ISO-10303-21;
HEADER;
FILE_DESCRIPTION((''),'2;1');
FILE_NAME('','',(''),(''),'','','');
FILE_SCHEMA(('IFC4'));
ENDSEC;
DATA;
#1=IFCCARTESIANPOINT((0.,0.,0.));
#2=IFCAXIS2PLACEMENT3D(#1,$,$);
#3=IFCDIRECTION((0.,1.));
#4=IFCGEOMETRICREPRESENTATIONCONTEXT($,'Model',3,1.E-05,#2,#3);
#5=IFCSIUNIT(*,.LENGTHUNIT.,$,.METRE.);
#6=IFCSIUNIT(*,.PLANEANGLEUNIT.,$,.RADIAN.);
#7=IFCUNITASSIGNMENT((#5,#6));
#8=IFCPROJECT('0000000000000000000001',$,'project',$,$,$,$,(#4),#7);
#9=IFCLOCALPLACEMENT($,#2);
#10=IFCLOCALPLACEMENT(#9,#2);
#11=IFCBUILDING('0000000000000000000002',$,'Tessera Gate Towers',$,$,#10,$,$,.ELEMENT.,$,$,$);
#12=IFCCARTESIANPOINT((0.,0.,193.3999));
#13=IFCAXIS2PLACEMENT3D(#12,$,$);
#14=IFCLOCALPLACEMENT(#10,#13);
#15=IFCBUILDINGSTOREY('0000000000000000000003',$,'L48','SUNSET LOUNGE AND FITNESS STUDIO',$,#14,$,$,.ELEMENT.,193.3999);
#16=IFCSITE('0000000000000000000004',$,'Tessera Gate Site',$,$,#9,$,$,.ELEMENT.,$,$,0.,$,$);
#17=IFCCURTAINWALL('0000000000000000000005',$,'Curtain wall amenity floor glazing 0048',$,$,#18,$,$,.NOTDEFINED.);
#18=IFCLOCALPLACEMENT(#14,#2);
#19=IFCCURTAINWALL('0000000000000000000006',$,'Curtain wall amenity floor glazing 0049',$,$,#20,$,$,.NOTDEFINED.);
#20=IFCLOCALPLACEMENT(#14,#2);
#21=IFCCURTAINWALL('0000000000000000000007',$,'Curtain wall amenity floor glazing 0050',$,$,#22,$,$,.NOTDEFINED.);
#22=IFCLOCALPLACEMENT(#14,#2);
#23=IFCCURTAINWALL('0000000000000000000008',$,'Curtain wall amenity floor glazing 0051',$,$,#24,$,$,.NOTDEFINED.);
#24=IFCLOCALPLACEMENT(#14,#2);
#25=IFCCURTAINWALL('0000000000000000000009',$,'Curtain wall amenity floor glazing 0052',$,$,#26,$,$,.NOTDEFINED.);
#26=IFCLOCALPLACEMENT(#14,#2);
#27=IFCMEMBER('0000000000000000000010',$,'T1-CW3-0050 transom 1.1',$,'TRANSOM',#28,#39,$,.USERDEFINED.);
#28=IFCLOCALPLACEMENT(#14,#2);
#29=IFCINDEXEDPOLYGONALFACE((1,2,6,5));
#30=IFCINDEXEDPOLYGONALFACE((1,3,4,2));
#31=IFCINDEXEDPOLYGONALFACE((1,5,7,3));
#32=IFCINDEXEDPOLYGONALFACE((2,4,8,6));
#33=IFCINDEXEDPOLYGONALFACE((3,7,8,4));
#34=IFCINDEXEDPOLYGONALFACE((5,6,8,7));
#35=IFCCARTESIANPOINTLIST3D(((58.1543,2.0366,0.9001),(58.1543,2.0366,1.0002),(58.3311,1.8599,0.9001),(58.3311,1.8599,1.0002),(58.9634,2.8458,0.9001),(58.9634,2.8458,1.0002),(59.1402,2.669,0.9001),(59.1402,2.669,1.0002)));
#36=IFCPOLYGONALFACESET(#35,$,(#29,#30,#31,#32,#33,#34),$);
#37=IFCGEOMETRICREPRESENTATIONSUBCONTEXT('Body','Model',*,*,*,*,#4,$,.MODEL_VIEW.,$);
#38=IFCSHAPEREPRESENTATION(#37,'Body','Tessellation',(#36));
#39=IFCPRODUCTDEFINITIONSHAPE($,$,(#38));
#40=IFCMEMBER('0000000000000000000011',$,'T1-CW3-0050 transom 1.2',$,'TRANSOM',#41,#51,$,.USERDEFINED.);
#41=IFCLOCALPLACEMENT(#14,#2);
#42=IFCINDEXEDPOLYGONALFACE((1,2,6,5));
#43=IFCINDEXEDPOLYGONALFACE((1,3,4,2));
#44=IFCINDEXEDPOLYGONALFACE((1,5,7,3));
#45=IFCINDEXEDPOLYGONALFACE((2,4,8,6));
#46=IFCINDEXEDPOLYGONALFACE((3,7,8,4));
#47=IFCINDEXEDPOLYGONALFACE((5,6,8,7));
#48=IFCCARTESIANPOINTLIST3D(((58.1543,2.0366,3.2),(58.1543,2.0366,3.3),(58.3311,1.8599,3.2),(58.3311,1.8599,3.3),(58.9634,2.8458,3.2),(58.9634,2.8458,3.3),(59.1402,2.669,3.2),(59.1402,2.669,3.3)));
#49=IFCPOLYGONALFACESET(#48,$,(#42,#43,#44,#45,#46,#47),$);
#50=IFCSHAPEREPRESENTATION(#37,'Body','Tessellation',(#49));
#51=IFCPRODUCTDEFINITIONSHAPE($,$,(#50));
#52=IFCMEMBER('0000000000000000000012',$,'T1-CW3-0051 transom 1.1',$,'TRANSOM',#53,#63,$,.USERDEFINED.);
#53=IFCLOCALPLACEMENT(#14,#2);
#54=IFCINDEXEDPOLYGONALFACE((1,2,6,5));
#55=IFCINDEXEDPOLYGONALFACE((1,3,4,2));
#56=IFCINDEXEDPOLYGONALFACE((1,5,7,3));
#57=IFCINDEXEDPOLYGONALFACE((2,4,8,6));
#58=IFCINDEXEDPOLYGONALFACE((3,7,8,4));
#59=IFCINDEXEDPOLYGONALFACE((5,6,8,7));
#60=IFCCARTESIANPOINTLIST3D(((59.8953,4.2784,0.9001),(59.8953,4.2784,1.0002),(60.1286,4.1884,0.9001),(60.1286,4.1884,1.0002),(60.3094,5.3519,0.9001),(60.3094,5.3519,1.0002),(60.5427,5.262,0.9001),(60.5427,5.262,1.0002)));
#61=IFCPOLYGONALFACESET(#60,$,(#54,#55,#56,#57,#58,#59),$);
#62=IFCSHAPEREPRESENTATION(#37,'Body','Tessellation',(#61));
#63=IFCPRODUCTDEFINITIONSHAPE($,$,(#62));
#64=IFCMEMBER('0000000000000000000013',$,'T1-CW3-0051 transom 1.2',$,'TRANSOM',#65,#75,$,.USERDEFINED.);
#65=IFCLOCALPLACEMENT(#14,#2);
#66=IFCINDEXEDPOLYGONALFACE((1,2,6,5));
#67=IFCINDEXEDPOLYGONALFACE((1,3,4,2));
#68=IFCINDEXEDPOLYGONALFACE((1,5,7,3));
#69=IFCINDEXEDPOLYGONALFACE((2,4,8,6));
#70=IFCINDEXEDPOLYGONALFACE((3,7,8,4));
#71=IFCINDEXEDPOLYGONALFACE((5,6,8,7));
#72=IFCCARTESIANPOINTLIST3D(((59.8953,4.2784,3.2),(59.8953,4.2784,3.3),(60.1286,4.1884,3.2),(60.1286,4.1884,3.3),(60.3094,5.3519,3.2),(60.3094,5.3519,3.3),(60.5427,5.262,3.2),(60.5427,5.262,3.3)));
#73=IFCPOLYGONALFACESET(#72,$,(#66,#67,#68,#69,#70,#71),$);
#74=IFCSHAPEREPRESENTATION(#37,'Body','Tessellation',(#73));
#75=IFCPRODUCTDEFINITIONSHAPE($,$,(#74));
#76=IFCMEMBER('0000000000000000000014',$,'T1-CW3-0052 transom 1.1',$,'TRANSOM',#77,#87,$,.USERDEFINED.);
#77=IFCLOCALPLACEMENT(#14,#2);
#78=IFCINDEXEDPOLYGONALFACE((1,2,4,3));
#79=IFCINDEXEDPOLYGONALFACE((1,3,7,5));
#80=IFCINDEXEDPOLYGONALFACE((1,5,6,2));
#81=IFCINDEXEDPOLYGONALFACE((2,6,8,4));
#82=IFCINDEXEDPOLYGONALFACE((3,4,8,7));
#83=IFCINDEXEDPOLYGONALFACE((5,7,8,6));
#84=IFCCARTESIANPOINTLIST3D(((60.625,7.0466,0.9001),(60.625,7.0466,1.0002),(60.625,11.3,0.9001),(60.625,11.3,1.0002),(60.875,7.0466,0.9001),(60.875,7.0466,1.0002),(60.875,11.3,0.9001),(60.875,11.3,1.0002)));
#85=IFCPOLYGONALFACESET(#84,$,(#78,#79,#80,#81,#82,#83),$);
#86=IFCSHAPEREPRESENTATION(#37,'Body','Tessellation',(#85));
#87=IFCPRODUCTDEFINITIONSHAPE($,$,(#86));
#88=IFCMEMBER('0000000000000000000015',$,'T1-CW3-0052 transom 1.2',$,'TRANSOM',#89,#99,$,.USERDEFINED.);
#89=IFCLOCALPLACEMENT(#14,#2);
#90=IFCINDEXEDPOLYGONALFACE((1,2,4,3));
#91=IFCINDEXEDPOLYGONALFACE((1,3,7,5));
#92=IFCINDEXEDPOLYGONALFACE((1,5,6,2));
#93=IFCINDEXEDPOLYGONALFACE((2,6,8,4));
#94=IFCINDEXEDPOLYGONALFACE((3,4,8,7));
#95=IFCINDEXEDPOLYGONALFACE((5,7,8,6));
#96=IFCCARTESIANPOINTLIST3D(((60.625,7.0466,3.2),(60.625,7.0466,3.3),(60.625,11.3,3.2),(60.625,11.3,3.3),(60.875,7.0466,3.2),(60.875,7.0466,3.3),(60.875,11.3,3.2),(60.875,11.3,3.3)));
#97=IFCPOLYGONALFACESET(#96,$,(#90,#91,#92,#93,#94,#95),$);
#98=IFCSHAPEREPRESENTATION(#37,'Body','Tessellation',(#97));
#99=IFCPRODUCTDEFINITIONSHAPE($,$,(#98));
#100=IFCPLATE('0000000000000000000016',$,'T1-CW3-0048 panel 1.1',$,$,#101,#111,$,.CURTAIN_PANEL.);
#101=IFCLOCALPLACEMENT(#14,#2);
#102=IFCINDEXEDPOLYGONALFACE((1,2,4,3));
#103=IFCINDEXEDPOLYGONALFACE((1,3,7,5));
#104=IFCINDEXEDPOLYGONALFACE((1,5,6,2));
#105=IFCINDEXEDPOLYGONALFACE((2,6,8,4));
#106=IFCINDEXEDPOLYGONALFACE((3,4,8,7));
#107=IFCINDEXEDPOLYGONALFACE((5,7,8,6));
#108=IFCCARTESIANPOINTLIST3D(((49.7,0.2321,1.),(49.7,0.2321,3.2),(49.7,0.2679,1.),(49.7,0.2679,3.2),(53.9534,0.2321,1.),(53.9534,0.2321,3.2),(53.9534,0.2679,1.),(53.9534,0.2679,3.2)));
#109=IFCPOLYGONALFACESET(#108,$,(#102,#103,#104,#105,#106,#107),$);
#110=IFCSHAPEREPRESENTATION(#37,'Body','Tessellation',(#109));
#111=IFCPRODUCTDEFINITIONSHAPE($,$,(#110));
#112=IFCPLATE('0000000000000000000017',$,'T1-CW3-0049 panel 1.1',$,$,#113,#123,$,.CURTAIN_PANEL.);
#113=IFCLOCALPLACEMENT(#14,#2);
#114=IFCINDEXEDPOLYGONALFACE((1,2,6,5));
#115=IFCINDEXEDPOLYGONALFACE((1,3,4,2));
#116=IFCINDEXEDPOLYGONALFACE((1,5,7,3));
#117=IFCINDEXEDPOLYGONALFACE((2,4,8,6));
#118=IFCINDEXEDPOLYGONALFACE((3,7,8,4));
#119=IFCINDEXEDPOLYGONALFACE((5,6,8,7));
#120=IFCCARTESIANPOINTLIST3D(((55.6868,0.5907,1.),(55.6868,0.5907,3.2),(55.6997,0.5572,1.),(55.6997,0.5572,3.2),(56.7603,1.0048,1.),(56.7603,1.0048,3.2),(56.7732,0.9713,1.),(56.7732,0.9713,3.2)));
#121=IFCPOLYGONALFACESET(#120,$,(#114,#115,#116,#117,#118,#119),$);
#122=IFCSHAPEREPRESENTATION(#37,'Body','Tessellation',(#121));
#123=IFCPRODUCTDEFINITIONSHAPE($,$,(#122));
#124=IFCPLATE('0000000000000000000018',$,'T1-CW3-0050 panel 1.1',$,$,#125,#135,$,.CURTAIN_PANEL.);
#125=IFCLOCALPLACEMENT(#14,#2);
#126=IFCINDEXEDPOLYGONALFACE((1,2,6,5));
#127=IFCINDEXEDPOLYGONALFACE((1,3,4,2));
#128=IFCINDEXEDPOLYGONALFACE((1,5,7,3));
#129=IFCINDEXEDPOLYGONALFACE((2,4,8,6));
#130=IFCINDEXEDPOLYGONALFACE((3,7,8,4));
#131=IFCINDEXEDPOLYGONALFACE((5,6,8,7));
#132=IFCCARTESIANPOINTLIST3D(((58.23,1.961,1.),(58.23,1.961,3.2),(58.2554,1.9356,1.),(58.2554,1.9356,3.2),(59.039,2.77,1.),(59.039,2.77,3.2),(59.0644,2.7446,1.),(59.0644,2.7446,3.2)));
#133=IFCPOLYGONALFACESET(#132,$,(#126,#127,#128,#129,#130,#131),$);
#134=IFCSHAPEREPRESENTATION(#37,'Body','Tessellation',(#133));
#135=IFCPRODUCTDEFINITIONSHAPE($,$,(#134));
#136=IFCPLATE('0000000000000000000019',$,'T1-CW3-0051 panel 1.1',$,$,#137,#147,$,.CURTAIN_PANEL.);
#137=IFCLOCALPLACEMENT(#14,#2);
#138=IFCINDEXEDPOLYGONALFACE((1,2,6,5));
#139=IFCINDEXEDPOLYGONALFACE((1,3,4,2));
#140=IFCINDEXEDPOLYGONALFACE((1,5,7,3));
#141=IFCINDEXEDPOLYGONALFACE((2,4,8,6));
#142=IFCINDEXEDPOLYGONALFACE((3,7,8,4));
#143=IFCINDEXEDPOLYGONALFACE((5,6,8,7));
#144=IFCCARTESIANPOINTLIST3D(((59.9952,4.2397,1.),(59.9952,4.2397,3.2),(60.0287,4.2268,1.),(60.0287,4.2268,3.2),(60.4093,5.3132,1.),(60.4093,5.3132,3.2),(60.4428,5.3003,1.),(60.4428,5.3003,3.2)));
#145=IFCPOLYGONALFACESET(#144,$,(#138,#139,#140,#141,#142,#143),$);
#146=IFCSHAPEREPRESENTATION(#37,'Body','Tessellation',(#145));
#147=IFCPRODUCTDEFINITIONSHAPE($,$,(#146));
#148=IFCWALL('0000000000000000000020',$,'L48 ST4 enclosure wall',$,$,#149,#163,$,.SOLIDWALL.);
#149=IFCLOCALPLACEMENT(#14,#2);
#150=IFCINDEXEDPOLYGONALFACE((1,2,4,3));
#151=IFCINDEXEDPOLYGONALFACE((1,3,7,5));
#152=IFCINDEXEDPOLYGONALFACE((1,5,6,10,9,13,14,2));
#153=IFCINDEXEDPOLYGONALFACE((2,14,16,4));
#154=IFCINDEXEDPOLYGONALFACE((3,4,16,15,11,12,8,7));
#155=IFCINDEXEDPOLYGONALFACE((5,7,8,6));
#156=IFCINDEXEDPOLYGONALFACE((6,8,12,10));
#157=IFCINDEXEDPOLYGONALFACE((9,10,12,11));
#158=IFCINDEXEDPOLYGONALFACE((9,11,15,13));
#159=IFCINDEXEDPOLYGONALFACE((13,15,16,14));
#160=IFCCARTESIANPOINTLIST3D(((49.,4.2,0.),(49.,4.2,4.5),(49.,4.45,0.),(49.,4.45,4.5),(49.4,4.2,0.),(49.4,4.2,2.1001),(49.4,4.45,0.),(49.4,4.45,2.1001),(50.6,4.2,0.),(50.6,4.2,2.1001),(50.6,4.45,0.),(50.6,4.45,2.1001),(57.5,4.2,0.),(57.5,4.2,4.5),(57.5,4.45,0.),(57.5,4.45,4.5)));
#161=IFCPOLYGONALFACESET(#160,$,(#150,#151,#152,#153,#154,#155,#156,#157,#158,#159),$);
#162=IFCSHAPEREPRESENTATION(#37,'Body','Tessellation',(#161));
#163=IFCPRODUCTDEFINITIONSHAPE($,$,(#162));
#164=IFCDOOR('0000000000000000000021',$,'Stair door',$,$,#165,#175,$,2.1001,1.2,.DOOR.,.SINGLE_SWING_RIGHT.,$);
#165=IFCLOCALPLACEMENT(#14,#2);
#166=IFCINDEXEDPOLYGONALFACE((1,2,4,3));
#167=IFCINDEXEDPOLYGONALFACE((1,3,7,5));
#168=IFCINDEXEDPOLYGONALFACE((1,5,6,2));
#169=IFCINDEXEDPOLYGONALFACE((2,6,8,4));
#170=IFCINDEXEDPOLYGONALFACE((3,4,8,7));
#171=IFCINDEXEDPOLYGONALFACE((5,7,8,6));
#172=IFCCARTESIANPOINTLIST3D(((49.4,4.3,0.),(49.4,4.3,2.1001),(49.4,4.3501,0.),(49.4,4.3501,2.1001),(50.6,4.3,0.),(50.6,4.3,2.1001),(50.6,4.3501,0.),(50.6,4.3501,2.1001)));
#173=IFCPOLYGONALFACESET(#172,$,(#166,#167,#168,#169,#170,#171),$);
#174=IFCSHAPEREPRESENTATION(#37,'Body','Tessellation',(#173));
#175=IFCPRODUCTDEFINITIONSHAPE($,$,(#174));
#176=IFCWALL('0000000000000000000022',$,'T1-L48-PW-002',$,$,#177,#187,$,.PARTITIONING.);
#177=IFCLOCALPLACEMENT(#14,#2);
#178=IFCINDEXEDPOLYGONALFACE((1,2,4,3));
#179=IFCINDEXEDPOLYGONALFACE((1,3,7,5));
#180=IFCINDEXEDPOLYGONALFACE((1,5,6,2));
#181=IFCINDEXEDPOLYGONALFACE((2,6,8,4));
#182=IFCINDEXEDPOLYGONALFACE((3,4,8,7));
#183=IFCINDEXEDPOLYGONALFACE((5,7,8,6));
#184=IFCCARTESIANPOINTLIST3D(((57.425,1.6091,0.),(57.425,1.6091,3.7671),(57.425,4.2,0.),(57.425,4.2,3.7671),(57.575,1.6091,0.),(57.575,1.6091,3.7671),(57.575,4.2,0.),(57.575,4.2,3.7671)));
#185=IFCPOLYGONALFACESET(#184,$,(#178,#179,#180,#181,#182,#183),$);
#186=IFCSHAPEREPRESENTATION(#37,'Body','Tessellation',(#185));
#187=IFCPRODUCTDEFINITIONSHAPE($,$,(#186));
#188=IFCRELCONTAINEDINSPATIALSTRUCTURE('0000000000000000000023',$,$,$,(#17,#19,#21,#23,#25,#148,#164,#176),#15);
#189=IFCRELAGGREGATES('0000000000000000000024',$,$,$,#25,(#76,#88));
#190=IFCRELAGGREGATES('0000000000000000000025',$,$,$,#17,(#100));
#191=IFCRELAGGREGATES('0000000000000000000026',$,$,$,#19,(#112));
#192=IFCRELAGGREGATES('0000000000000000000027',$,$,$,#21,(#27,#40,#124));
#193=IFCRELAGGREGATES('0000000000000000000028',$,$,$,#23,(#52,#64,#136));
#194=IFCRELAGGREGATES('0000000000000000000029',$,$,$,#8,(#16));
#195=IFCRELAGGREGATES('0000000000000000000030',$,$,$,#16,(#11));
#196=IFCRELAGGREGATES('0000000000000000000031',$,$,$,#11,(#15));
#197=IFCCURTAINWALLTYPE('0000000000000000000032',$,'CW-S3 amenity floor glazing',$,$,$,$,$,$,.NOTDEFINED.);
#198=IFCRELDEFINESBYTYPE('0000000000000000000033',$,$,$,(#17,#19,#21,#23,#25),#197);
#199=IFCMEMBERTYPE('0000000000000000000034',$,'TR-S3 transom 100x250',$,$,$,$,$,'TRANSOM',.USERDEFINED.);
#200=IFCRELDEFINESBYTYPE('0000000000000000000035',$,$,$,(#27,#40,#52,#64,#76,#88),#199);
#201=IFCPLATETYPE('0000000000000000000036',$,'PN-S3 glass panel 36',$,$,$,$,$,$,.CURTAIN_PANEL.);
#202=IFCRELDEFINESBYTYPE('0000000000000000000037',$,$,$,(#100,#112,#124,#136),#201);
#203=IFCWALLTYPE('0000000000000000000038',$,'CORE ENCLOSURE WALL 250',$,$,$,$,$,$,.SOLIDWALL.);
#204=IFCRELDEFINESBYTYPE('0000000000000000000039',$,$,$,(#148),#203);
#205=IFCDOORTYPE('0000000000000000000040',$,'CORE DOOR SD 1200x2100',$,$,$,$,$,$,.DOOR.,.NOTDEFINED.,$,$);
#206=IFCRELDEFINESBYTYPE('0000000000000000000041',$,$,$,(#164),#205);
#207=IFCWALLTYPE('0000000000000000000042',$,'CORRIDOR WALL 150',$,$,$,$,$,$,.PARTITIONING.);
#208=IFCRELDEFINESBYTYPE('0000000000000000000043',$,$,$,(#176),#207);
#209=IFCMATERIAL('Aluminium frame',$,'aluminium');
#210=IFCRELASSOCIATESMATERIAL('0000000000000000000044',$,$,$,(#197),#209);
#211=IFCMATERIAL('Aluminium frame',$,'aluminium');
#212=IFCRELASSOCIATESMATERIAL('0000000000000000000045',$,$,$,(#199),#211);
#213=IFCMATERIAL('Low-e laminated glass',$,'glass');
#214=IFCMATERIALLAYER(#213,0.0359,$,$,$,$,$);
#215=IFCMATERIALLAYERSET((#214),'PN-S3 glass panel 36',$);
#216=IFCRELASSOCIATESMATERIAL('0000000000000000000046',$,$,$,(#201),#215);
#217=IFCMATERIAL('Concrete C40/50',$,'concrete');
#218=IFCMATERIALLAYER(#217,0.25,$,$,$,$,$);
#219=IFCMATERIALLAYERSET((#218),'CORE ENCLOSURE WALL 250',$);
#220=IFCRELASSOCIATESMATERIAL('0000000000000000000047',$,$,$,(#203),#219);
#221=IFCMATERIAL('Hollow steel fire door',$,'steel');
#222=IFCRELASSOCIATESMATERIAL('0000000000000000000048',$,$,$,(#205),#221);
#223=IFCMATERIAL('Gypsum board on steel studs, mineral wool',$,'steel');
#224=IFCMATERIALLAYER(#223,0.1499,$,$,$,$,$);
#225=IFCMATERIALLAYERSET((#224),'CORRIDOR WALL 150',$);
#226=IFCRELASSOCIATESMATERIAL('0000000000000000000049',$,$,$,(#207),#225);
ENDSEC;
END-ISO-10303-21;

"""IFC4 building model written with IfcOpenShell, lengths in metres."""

from ifc_helpers import new_model, si_unit, direction, frame, frame_2d, origin, origin_2d, place, context, subcontext, project, spatial, rectangle, extrude, source, transform, mapped, material, layer, layer_set, material_profile, profile_set, type_object, element, fill, aggregate, save


model = new_model("IFC4")

# Units and contexts
model_context = context("Model", 3, precision=1e-05, world=origin(), true_north=direction((0.0, 1.0)))
body_context = subcontext(model_context, "Body", "Model", "MODEL_VIEW")
ifc_project = project(units=[si_unit("LENGTHUNIT", "METRE"), si_unit("PLANEANGLEUNIT", "RADIAN")], contexts=[model_context])

# Site, building, storey
site_placement = place(None, origin())
site = spatial("IfcSite", under=ifc_project, at=site_placement, Name="Tessera Gate Site", CompositionType="ELEMENT", RefElevation=0.0)
building_placement = place(site_placement, origin())
building = spatial("IfcBuilding", under=site, at=building_placement, Name="Tessera Gate Towers", CompositionType="ELEMENT")
storey_placement = place(building_placement, frame((0.0, 0.0, 193.3999)))
storey = spatial("IfcBuildingStorey", under=building, at=storey_placement, Name="L48", Description="SUNSET LOUNGE AND FITNESS STUDIO", CompositionType="ELEMENT", Elevation=193.3999)

# Curtain wall
ifc_material_1 = material(Name="Aluminium frame", Category="aluminium")
curtain_wall_type = type_object("IfcCurtainWallType", Name="CW-S3 amenity floor glazing", PredefinedType="NOTDEFINED", material=ifc_material_1)
curtain_wall_1_placement = place(storey_placement, origin())
curtain_wall_1 = element("IfcCurtainWall", 1, at=curtain_wall_1_placement, inside=storey, type_object=curtain_wall_type, Name="Curtain wall amenity floor glazing 0048", PredefinedType="NOTDEFINED")

# Curtain walls
curtain_wall_2_placement = place(storey_placement, origin())
curtain_wall_2 = element("IfcCurtainWall", 2, at=curtain_wall_2_placement, inside=storey, type_object=curtain_wall_type, Name="Curtain wall amenity floor glazing 0049", PredefinedType="NOTDEFINED")
curtain_wall_3_placement = place(storey_placement, origin())
curtain_wall_3 = element("IfcCurtainWall", 3, at=curtain_wall_3_placement, inside=storey, type_object=curtain_wall_type, Name="Curtain wall amenity floor glazing 0050", PredefinedType="NOTDEFINED")
curtain_wall_4_placement = place(storey_placement, origin())
curtain_wall_4 = element("IfcCurtainWall", 4, at=curtain_wall_4_placement, inside=storey, type_object=curtain_wall_type, Name="Curtain wall amenity floor glazing 0051", PredefinedType="NOTDEFINED")

# Curtain wall
curtain_wall_5_placement = place(storey_placement, origin())
curtain_wall_5 = element("IfcCurtainWall", 5, at=curtain_wall_5_placement, inside=storey, type_object=curtain_wall_type, Name="Curtain wall amenity floor glazing 0052", PredefinedType="NOTDEFINED")

# Members
ifc_material_2 = material(Name="Aluminium frame", Category="aluminium")
ifc_material_profile_1 = material_profile(ifc_material_2, rectangle(XDim=0.25, YDim=0.1001, at=origin_2d()), Name="AL 100x250")
ifc_profile_set_1 = profile_set([ifc_material_profile_1], Name="Aluminium frame")
member_type_1 = type_object("IfcMemberType", Name="TR-S3 transom 100x250", ElementType="TRANSOM", PredefinedType="USERDEFINED", material=ifc_profile_set_1)
member_1_placement = place(storey_placement, frame((58.2427, 1.9482, 0.9502), z_axis=(0.707107, 0.707107, 0.0), x_axis=(-0.707107, 0.707107, 0.0)))
member_1 = element("IfcMember", 6, at=member_1_placement, type_object=member_type_1, Name="T1-CW3-0050 transom 1.1", ObjectType="TRANSOM", PredefinedType="USERDEFINED", context=body_context, shape_type="SweptSolid", body=[
    extrude(rectangle(XDim=0.25, YDim=0.1001, at=origin_2d()), origin(), (0.0, 0.0, 1.0), 1.1443),
])
member_2_placement = place(storey_placement, frame((58.2427, 1.9482, 3.25), z_axis=(0.707107, 0.707107, 0.0), x_axis=(-0.707107, 0.707107, 0.0)))
member_2 = element("IfcMember", 7, at=member_2_placement, type_object=member_type_1, Name="T1-CW3-0050 transom 1.2", ObjectType="TRANSOM", PredefinedType="USERDEFINED", context=body_context, shape_type="SweptSolid", body=[
    extrude(rectangle(XDim=0.25, YDim=0.1001, at=origin_2d()), origin(), (0.0, 0.0, 1.0), 1.1443),
])
member_3_placement = place(storey_placement, frame((60.012, 4.2334, 0.9502), z_axis=(0.359875, 0.933001, 0.0), x_axis=(-0.933001, 0.359875, 0.0)))
member_3 = element("IfcMember", 8, at=member_3_placement, type_object=member_type_1, Name="T1-CW3-0051 transom 1.1", ObjectType="TRANSOM", PredefinedType="USERDEFINED", context=body_context, shape_type="SweptSolid", body=[
    extrude(rectangle(XDim=0.25, YDim=0.1001, at=origin_2d()), origin(), (0.0, 0.0, 1.0), 1.1506),
])
member_4_placement = place(storey_placement, frame((60.012, 4.2334, 3.25), z_axis=(0.359875, 0.933001, 0.0), x_axis=(-0.933001, 0.359875, 0.0)))
member_4 = element("IfcMember", 9, at=member_4_placement, type_object=member_type_1, Name="T1-CW3-0051 transom 1.2", ObjectType="TRANSOM", PredefinedType="USERDEFINED", context=body_context, shape_type="SweptSolid", body=[
    extrude(rectangle(XDim=0.25, YDim=0.1001, at=origin_2d()), origin(), (0.0, 0.0, 1.0), 1.1506),
])
member_5_placement = place(storey_placement, frame((60.75, 7.0466, 0.9502), z_axis=(0.0, 1.0, 0.0), x_axis=(-1.0, 0.0, 0.0)))
member_5 = element("IfcMember", 10, at=member_5_placement, type_object=member_type_1, Name="T1-CW3-0052 transom 1.1", ObjectType="TRANSOM", PredefinedType="USERDEFINED", context=body_context, shape_type="SweptSolid", body=[
    extrude(rectangle(XDim=0.25, YDim=0.1001, at=origin_2d()), origin(), (0.0, 0.0, 1.0), 4.2534),
])
member_6_placement = place(storey_placement, frame((60.75, 7.0466, 3.25), z_axis=(0.0, 1.0, 0.0), x_axis=(-1.0, 0.0, 0.0)))
member_6 = element("IfcMember", 11, at=member_6_placement, type_object=member_type_1, Name="T1-CW3-0052 transom 1.2", ObjectType="TRANSOM", PredefinedType="USERDEFINED", context=body_context, shape_type="SweptSolid", body=[
    extrude(rectangle(XDim=0.25, YDim=0.1001, at=origin_2d()), origin(), (0.0, 0.0, 1.0), 4.2534),
])
aggregate(curtain_wall_5, [member_5, member_6])

# Plates
ifc_material_3 = material(Name="Low-e laminated glass", Category="glass")
ifc_layer_1 = layer(ifc_material_3, 0.0359)
ifc_layer_set_1 = layer_set([ifc_layer_1], Name="PN-S3 glass panel 36")
plate_type = type_object("IfcPlateType", Name="PN-S3 glass panel 36", PredefinedType="CURTAIN_PANEL", material=ifc_layer_set_1)
plate_1_placement = place(storey_placement, frame((51.8267, 0.25, 1.0), z_axis=(0.0, 0.0, 1.0), x_axis=(1.0, 0.0, 0.0)))
plate_1 = element("IfcPlate", 12, at=plate_1_placement, type_object=plate_type, Name="T1-CW3-0048 panel 1.1", PredefinedType="CURTAIN_PANEL", context=body_context, shape_type="SweptSolid", body=[
    extrude(rectangle(XDim=4.2534, YDim=0.0359, at=origin_2d()), origin(), (0.0, 0.0, 1.0), 2.2),
])
aggregate(curtain_wall_1, [plate_1])
plate_2_placement = place(storey_placement, frame((56.23, 0.781, 1.0), z_axis=(0.0, 0.0, 1.0), x_axis=(0.932989, 0.359904, 0.0)))
plate_2 = element("IfcPlate", 13, at=plate_2_placement, type_object=plate_type, Name="T1-CW3-0049 panel 1.1", PredefinedType="CURTAIN_PANEL", context=body_context, shape_type="SweptSolid", body=[
    extrude(rectangle(XDim=1.1506, YDim=0.0359, at=origin_2d()), origin(), (0.0, 0.0, 1.0), 2.2),
])
aggregate(curtain_wall_2, [plate_2])
plate_3_placement = place(storey_placement, frame((58.6472, 2.3528, 1.0), z_axis=(0.0, 0.0, 1.0), x_axis=(0.707107, 0.707107, 0.0)))
plate_3 = element("IfcPlate", 14, at=plate_3_placement, type_object=plate_type, Name="T1-CW3-0050 panel 1.1", PredefinedType="CURTAIN_PANEL", context=body_context, shape_type="SweptSolid", body=[
    extrude(rectangle(XDim=1.144, YDim=0.0359, at=origin_2d()), origin(), (0.0, 0.0, 1.0), 2.2),
])
aggregate(curtain_wall_3, [member_1, member_2, plate_3])
plate_4_placement = place(storey_placement, frame((60.219, 4.77, 1.0), z_axis=(0.0, 0.0, 1.0), x_axis=(0.359904, 0.932989, 0.0)))
plate_4 = element("IfcPlate", 15, at=plate_4_placement, type_object=plate_type, Name="T1-CW3-0051 panel 1.1", PredefinedType="CURTAIN_PANEL", context=body_context, shape_type="SweptSolid", body=[
    extrude(rectangle(XDim=1.1506, YDim=0.0359, at=origin_2d()), origin(), (0.0, 0.0, 1.0), 2.2),
])
aggregate(curtain_wall_4, [member_3, member_4, plate_4])

# Wall, opening, door
ifc_material_4 = material(Name="Concrete C40/50", Category="concrete")
ifc_layer_2 = layer(ifc_material_4, 0.25)
ifc_layer_set_2 = layer_set([ifc_layer_2], Name="CORE ENCLOSURE WALL 250")
wall_type_1 = type_object("IfcWallType", Name="CORE ENCLOSURE WALL 250", PredefinedType="SOLIDWALL", material=ifc_layer_set_2)
wall_1_placement = place(storey_placement, frame((57.5, 4.325, 0.0), z_axis=(0.0, 0.0, 1.0), x_axis=(-1.0, 0.0, 0.0)))
wall_1 = element("IfcWall", 16, at=wall_1_placement, inside=storey, type_object=wall_type_1, Name="L48 ST4 enclosure wall", PredefinedType="SOLIDWALL", context=body_context, shape_type="SweptSolid", body=[
    extrude(rectangle(XDim=8.5, YDim=0.25, at=frame_2d((4.25, 0.0))), origin(), (0.0, 0.0, 1.0), 4.5),
])
shared_shape_1 = source(origin(), body_context, "Body", "SweptSolid", [
    extrude(rectangle(XDim=1.2, YDim=2.1001, at=frame_2d((0.6001, 1.05))), frame((0.0, 0.135, 0.0), z_axis=(0.0, -1.0, 0.0), x_axis=(1.0, 0.0, 0.0)), (0.0, 0.0, 1.0), 0.27),
])
opening_placement = place(wall_1_placement, frame((6.8999, 0.0, 0.0)))
opening = element("IfcOpeningElement", 17, at=opening_placement, cuts=wall_1, PredefinedType="OPENING", context=body_context, shape_type="MappedRepresentation", body=[
    mapped(shared_shape_1, transform((0.0, 0.0, 0.0), scale=1.0)),
])
ifc_material_5 = material(Name="Hollow steel fire door", Category="steel")
door_type = type_object("IfcDoorType", Name="CORE DOOR SD 1200x2100", OperationType="NOTDEFINED", PredefinedType="DOOR", material=ifc_material_5)
shared_shape_2 = source(origin(), body_context, "Body", "SweptSolid", [
    extrude(rectangle(XDim=1.2, YDim=2.1001, at=frame_2d((0.6001, 1.05))), frame((0.0, 0.0249, 0.0), z_axis=(0.0, -1.0, 0.0), x_axis=(1.0, 0.0, 0.0)), (0.0, 0.0, 1.0), 0.05),
])
door_placement = place(opening_placement, origin())
door = element("IfcDoor", 18, at=door_placement, inside=storey, type_object=door_type, Name="Stair door", OperationType="SINGLE_SWING_RIGHT", OverallHeight=2.1001, OverallWidth=1.2, PredefinedType="DOOR", context=body_context, shape_type="MappedRepresentation", body=[
    mapped(shared_shape_2, transform((0.0, 0.0, 0.0), scale=1.0)),
])
fill(opening, door)

# Wall
ifc_material_6 = material(Name="Gypsum board on steel studs, mineral wool", Category="steel")
ifc_layer_3 = layer(ifc_material_6, 0.1499)
ifc_layer_set_3 = layer_set([ifc_layer_3], Name="CORRIDOR WALL 150")
wall_type_2 = type_object("IfcWallType", Name="CORRIDOR WALL 150", PredefinedType="PARTITIONING", material=ifc_layer_set_3)
wall_2_placement = place(storey_placement, frame((57.5, 1.6091, 0.0), z_axis=(0.0, 0.0, 1.0), x_axis=(0.0, 1.0, 0.0)))
element("IfcWall", 19, at=wall_2_placement, inside=storey, type_object=wall_type_2, Name="T1-L48-PW-002", PredefinedType="PARTITIONING", context=body_context, shape_type="SweptSolid", body=[
    extrude(rectangle(XDim=2.5908, YDim=0.1499, at=frame_2d((1.2954, 0.0))), origin(), (0.0, 0.0, 1.0), 3.7671),
])

save(model, "model.ifc")
